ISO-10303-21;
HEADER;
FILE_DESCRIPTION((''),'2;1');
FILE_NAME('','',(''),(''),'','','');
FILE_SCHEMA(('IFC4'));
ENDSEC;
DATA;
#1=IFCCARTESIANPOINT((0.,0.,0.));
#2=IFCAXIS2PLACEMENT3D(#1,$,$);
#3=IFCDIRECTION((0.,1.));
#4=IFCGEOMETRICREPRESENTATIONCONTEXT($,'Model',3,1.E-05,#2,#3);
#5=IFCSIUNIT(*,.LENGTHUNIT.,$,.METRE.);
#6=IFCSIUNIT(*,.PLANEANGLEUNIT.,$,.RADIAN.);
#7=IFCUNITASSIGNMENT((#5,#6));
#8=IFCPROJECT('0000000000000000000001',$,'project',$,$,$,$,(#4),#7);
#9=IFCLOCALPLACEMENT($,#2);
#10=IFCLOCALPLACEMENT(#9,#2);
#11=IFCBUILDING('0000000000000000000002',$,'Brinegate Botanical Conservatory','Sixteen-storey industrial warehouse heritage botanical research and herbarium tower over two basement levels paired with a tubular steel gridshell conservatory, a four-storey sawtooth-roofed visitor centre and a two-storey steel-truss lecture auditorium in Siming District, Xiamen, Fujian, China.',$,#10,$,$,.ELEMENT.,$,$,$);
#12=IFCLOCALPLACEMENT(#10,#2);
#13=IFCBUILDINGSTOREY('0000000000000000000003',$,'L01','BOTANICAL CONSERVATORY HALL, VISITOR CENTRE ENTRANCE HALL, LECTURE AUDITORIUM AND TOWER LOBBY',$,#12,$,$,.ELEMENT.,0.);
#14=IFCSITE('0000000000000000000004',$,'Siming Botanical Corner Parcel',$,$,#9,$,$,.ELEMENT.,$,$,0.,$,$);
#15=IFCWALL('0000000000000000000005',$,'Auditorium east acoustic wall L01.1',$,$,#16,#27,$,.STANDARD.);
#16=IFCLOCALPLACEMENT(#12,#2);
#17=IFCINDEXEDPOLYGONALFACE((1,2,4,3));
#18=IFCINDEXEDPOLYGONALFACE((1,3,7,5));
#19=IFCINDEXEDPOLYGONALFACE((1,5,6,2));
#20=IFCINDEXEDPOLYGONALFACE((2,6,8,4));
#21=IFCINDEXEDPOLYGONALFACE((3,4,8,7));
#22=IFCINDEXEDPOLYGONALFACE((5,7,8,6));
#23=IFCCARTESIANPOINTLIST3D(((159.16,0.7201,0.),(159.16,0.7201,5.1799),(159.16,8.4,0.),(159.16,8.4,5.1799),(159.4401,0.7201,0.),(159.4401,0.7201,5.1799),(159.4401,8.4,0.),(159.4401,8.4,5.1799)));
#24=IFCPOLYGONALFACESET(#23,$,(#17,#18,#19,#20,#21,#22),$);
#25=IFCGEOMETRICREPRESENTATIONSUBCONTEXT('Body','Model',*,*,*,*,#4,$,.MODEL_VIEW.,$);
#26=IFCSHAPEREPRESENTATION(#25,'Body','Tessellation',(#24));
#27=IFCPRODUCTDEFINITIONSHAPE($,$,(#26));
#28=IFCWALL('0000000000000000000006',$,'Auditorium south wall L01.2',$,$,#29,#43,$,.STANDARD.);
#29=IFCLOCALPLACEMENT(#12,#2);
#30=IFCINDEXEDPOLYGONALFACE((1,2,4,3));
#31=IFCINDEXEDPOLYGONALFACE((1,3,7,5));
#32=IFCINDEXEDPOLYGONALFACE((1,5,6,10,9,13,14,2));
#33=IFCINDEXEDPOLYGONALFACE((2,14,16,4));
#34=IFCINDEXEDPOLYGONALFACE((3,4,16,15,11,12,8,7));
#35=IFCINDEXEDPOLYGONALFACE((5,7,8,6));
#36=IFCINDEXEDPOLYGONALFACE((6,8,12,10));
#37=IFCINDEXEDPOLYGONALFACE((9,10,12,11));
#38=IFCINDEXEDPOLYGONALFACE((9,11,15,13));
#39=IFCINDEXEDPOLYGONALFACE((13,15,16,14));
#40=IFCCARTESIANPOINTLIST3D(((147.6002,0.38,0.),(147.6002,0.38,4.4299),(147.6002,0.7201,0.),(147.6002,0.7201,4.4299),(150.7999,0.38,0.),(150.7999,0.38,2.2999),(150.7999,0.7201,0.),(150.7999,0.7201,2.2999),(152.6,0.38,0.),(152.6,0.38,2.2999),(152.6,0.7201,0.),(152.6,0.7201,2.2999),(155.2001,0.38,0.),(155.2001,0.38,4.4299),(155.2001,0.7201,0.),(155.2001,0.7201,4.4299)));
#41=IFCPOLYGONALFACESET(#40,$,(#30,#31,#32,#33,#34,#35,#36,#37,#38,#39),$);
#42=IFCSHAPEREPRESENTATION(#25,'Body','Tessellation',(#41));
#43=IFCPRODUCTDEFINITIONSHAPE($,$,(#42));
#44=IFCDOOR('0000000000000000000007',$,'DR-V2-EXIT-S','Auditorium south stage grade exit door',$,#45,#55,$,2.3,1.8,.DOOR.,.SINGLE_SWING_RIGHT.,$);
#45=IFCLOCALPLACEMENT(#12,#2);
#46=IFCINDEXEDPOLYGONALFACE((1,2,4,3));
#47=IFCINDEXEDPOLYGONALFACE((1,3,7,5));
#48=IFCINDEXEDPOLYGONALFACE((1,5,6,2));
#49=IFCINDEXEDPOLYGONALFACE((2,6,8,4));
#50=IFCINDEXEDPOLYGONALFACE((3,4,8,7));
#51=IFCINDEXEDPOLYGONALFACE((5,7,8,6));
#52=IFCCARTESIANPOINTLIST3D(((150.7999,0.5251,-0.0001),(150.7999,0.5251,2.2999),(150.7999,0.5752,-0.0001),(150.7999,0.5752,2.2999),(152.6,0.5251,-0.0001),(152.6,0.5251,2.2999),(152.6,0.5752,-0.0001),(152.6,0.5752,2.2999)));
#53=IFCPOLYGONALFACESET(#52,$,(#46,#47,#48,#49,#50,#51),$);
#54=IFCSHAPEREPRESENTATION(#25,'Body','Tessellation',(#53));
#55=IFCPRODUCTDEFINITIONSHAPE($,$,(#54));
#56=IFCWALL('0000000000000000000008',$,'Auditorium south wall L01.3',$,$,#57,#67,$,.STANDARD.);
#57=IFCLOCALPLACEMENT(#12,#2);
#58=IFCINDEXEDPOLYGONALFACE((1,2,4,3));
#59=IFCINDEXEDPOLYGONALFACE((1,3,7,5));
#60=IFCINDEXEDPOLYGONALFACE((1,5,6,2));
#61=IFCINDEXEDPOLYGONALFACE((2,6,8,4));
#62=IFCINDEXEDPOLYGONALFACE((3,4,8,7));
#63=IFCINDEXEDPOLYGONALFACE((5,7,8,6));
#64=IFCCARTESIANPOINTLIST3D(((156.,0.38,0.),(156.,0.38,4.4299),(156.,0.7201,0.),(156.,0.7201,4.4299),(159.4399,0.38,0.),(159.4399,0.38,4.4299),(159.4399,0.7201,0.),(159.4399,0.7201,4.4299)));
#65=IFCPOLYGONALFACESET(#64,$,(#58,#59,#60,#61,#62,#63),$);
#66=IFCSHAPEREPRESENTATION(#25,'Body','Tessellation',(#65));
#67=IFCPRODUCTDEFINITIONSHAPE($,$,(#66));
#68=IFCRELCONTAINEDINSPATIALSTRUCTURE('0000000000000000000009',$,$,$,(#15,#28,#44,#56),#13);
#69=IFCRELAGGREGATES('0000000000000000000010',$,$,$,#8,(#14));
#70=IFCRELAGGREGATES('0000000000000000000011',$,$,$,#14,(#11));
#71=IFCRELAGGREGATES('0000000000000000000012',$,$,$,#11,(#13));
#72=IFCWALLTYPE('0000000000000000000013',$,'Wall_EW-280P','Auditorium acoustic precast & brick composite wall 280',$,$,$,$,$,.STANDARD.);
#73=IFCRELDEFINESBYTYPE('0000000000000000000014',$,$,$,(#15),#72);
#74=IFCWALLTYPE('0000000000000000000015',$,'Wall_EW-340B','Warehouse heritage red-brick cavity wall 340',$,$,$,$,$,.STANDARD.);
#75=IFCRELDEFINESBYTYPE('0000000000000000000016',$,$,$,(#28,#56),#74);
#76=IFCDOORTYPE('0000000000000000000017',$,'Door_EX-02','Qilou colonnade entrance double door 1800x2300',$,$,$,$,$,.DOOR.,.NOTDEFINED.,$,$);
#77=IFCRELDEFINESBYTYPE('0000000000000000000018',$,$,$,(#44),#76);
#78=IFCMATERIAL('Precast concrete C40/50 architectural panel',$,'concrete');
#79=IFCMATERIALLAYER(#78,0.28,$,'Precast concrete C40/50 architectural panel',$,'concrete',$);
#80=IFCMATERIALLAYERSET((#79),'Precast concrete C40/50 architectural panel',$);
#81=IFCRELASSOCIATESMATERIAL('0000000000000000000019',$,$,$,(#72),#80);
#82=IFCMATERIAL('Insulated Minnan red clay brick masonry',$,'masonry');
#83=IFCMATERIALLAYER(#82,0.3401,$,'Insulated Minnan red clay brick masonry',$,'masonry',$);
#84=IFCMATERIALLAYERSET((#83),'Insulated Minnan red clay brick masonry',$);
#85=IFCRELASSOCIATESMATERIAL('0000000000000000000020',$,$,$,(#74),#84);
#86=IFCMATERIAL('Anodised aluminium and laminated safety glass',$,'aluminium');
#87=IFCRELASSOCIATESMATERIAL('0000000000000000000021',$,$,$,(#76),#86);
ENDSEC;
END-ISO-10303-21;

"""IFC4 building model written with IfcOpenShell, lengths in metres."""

from ifc_helpers import new_model, si_unit, direction, frame, frame_2d, origin, place, context, subcontext, project, spatial, rectangle, extrude, material, layer, layer_set, type_object, element, fill, save


model = new_model("IFC4")

# Units and contexts
model_context = context("Model", 3, precision=1e-05, world=origin(), true_north=direction((0.0, 1.0)))
body_context = subcontext(model_context, "Body", "Model", "MODEL_VIEW")
ifc_project = project(units=[si_unit("LENGTHUNIT", "METRE"), si_unit("PLANEANGLEUNIT", "RADIAN")], contexts=[model_context])

# Site, building, storey
site_placement = place(None, origin())
site = spatial("IfcSite", under=ifc_project, at=site_placement, Name="Siming Botanical Corner Parcel", CompositionType="ELEMENT", RefElevation=0.0)
building_placement = place(site_placement, origin())
building = spatial("IfcBuilding", under=site, at=building_placement, Name="Brinegate Botanical Conservatory", Description="Sixteen-storey industrial warehouse heritage botanical research and herbarium tower over two basement levels paired with a tubular steel gridshell conservatory, a four-storey sawtooth-roofed visitor centre and a two-storey steel-truss lecture auditorium in Siming District, Xiamen, Fujian, China.", CompositionType="ELEMENT")
storey_placement = place(building_placement, origin())
storey = spatial("IfcBuildingStorey", under=building, at=storey_placement, Name="L01", Description="BOTANICAL CONSERVATORY HALL, VISITOR CENTRE ENTRANCE HALL, LECTURE AUDITORIUM AND TOWER LOBBY", CompositionType="ELEMENT", Elevation=0.0)

# Wall
ifc_material_1 = material(Name="Precast concrete C40/50 architectural panel", Category="concrete")
ifc_layer_1 = layer(ifc_material_1, 0.28, Name="Precast concrete C40/50 architectural panel", Category="concrete")
ifc_layer_set_1 = layer_set([ifc_layer_1], Name="Precast concrete C40/50 architectural panel")
wall_type_1 = type_object("IfcWallType", Name="Wall_EW-280P", Description="Auditorium acoustic precast & brick composite wall 280", PredefinedType="STANDARD", material=ifc_layer_set_1)
wall_1_placement = place(storey_placement, frame((159.3, 8.3999, 0.0), z_axis=(0.0, 0.0, 1.0), x_axis=(0.0, -1.0, 0.0)))
element("IfcWall", 1, at=wall_1_placement, inside=storey, type_object=wall_type_1, Name="Auditorium east acoustic wall L01.1", PredefinedType="STANDARD", context=body_context, shape_type="SweptSolid", body=[
    extrude(rectangle(XDim=7.6799, YDim=0.28, at=frame_2d((3.8398, 0.0))), origin(), (0.0, 0.0, 1.0), 5.1799),
])

# Wall, opening, door
ifc_material_2 = material(Name="Insulated Minnan red clay brick masonry", Category="masonry")
ifc_layer_2 = layer(ifc_material_2, 0.3401, Name="Insulated Minnan red clay brick masonry", Category="masonry")
ifc_layer_set_2 = layer_set([ifc_layer_2], Name="Insulated Minnan red clay brick masonry")
wall_type_2 = type_object("IfcWallType", Name="Wall_EW-340B", Description="Warehouse heritage red-brick cavity wall 340", PredefinedType="STANDARD", material=ifc_layer_set_2)
wall_2_placement = place(storey_placement, frame((155.2, 0.55, 0.0), z_axis=(0.0, 0.0, 1.0), x_axis=(-1.0, 0.0, 0.0)))
wall_2 = element("IfcWall", 2, at=wall_2_placement, inside=storey, type_object=wall_type_2, Name="Auditorium south wall L01.2", PredefinedType="STANDARD", context=body_context, shape_type="SweptSolid", body=[
    extrude(rectangle(XDim=7.5999, YDim=0.3401, at=frame_2d((3.7998, 0.0))), origin(), (0.0, 0.0, 1.0), 4.4299),
])
opening_placement = place(wall_2_placement, frame((2.6001, 0.0, 0.0)))
opening = element("IfcOpeningElement", 3, at=opening_placement, cuts=wall_2, PredefinedType="OPENING", context=body_context, shape_type="SweptSolid", body=[
    extrude(rectangle(XDim=1.8, YDim=2.3, at=frame_2d((0.8999, 1.1499))), frame((0.0, 0.1799, 0.0), z_axis=(0.0, -1.0, 0.0), x_axis=(1.0, 0.0, 0.0)), (0.0, 0.0, 1.0), 0.3601),
])
ifc_material_3 = material(Name="Anodised aluminium and laminated safety glass", Category="aluminium")
door_type = type_object("IfcDoorType", Name="Door_EX-02", Description="Qilou colonnade entrance double door 1800x2300", OperationType="NOTDEFINED", PredefinedType="DOOR", material=ifc_material_3)
door_placement = place(opening_placement, origin())
door = element("IfcDoor", 4, at=door_placement, inside=storey, type_object=door_type, Name="DR-V2-EXIT-S", Description="Auditorium south stage grade exit door", OperationType="SINGLE_SWING_RIGHT", OverallHeight=2.3, OverallWidth=1.8, PredefinedType="DOOR", context=body_context, shape_type="SweptSolid", body=[
    extrude(rectangle(XDim=1.8, YDim=2.3, at=frame_2d((0.8999, 1.1499))), frame((0.0, 0.0249, 0.0), z_axis=(0.0, -1.0, 0.0), x_axis=(1.0, 0.0, 0.0)), (0.0, 0.0, 1.0), 0.05),
])
fill(opening, door)

# Wall
wall_3_placement = place(storey_placement, frame((159.4399, 0.55, 0.0), z_axis=(0.0, 0.0, 1.0), x_axis=(-1.0, 0.0, 0.0)))
element("IfcWall", 5, at=wall_3_placement, inside=storey, type_object=wall_type_2, Name="Auditorium south wall L01.3", PredefinedType="STANDARD", context=body_context, shape_type="SweptSolid", body=[
    extrude(rectangle(XDim=3.4399, YDim=0.3401, at=frame_2d((1.72, 0.0))), origin(), (0.0, 0.0, 1.0), 4.4299),
])

save(model, "model.ifc")
